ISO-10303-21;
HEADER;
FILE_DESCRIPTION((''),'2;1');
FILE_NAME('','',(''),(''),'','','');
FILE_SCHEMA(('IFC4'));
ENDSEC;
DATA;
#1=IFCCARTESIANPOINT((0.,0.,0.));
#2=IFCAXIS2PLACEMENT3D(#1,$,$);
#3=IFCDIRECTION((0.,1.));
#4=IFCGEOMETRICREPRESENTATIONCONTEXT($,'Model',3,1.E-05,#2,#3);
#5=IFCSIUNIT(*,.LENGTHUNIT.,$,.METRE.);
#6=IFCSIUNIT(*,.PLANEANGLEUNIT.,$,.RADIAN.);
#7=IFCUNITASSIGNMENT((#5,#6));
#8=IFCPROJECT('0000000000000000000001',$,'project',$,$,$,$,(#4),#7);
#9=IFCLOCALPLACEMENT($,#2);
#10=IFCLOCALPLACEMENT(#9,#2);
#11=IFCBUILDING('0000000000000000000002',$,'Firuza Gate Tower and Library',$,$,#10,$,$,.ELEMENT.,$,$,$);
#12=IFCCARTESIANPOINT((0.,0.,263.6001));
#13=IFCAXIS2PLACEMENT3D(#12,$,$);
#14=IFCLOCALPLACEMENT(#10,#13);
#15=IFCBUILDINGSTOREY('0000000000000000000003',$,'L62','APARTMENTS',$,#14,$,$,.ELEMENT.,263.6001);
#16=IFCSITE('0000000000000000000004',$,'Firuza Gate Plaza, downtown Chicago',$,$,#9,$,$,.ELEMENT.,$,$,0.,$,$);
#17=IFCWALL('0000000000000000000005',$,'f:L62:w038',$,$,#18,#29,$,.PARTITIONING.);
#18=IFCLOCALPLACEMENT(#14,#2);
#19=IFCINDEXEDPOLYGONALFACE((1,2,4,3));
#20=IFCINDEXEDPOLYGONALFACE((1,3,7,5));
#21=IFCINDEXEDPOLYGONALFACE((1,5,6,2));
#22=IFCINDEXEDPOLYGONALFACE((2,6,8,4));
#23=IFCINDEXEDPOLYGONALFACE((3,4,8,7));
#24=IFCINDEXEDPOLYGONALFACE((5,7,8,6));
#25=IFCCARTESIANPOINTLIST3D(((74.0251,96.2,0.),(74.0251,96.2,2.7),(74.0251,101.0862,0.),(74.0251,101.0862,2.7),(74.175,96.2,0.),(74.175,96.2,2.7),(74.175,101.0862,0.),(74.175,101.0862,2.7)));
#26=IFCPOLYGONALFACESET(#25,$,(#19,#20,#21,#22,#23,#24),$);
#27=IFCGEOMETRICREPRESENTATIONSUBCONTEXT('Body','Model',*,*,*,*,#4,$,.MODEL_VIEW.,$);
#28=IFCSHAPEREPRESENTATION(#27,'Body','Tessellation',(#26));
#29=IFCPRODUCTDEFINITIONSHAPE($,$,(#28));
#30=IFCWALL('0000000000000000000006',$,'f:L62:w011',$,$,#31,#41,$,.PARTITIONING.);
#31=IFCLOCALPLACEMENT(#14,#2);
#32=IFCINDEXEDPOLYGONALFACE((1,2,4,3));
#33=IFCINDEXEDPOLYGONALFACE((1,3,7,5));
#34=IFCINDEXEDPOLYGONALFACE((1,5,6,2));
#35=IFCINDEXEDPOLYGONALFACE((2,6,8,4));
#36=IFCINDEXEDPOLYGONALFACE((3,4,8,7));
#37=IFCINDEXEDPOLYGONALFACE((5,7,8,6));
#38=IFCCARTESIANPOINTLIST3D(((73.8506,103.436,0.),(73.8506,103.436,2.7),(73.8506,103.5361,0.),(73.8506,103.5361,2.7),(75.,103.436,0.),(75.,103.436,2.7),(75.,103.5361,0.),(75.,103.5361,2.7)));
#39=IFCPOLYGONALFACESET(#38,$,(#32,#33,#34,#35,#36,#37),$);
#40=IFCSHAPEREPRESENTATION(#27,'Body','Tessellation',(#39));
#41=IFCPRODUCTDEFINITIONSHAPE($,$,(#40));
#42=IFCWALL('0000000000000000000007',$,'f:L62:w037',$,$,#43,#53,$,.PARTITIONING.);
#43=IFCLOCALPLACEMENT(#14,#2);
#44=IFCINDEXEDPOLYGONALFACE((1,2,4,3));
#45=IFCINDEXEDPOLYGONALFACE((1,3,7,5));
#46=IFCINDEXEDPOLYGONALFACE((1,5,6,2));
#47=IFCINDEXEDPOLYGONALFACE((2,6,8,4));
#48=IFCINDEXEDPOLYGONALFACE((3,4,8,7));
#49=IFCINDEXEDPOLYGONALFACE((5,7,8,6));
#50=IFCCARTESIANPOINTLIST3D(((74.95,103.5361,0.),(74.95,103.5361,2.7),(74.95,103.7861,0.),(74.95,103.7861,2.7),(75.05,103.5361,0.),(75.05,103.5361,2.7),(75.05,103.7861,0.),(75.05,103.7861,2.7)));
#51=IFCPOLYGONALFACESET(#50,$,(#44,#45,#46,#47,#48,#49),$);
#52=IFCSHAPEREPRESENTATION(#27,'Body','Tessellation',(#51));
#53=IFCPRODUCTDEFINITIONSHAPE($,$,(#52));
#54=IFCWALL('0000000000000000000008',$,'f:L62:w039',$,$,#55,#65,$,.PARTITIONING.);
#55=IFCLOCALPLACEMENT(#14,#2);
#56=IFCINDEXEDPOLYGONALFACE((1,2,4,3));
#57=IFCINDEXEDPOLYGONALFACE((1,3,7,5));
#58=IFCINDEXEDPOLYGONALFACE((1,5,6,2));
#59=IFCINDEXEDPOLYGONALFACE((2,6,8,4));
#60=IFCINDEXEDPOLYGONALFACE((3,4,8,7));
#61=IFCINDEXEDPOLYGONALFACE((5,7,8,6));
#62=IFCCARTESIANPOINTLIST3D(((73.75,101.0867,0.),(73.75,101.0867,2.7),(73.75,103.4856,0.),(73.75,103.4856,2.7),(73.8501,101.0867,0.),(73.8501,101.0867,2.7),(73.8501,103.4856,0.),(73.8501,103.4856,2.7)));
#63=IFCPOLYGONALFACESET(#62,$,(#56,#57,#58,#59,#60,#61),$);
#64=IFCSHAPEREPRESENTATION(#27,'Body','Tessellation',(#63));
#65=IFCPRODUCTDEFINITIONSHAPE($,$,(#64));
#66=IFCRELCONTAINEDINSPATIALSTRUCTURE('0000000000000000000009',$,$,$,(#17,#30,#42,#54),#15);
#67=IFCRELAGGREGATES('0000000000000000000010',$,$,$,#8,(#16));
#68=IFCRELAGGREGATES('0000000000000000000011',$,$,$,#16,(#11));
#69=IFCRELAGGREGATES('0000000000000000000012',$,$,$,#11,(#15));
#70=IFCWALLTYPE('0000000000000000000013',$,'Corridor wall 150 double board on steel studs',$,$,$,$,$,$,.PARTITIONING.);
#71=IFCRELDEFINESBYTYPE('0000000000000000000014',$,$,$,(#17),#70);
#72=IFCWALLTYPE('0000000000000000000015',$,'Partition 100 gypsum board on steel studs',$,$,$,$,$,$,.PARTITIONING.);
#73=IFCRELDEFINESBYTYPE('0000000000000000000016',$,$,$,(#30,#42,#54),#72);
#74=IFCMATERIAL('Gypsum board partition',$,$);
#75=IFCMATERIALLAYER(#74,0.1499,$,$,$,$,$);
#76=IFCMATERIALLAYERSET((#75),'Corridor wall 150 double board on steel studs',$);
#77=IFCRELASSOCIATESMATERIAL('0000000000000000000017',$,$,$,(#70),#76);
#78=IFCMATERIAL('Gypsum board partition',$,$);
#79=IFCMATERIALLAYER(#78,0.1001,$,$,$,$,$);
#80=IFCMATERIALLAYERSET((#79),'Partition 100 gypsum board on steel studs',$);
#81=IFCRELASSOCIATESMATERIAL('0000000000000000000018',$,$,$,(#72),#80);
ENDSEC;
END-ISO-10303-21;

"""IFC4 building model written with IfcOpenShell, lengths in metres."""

from ifc_helpers import new_model, si_unit, direction, frame, frame_2d, origin, place, context, subcontext, project, spatial, rectangle, extrude, material, layer, layer_set, type_object, element, save


model = new_model("IFC4")

# Units and contexts
model_context = context("Model", 3, precision=1e-05, world=origin(), true_north=direction((0.0, 1.0)))
body_context = subcontext(model_context, "Body", "Model", "MODEL_VIEW")
ifc_project = project(units=[si_unit("LENGTHUNIT", "METRE"), si_unit("PLANEANGLEUNIT", "RADIAN")], contexts=[model_context])

# Site, building, storey
site_placement = place(None, origin())
site = spatial("IfcSite", under=ifc_project, at=site_placement, Name="Firuza Gate Plaza, downtown Chicago", CompositionType="ELEMENT", RefElevation=0.0)
building_placement = place(site_placement, origin())
building = spatial("IfcBuilding", under=site, at=building_placement, Name="Firuza Gate Tower and Library", CompositionType="ELEMENT")
storey_placement = place(building_placement, frame((0.0, 0.0, 263.6001)))
storey = spatial("IfcBuildingStorey", under=building, at=storey_placement, Name="L62", Description="APARTMENTS", CompositionType="ELEMENT", Elevation=263.6001)

# Walls
ifc_material_1 = material(Name="Gypsum board partition")
ifc_layer_1 = layer(ifc_material_1, 0.1499)
ifc_layer_set_1 = layer_set([ifc_layer_1], Name="Corridor wall 150 double board on steel studs")
wall_type_1 = type_object("IfcWallType", Name="Corridor wall 150 double board on steel studs", PredefinedType="PARTITIONING", material=ifc_layer_set_1)
wall_1_placement = place(storey_placement, frame((74.1001, 96.2, 0.0), z_axis=(0.0, 0.0, 1.0), x_axis=(0.0, 1.0, 0.0)))
element("IfcWall", 1, at=wall_1_placement, inside=storey, type_object=wall_type_1, Name="f:L62:w038", PredefinedType="PARTITIONING", context=body_context, shape_type="SweptSolid", body=[
    extrude(rectangle(XDim=4.8862, YDim=0.1499, at=frame_2d((2.4431, 0.0))), origin(), (0.0, 0.0, 1.0), 2.7),
])
ifc_material_2 = material(Name="Gypsum board partition")
ifc_layer_2 = layer(ifc_material_2, 0.1001)
ifc_layer_set_2 = layer_set([ifc_layer_2], Name="Partition 100 gypsum board on steel studs")
wall_type_2 = type_object("IfcWallType", Name="Partition 100 gypsum board on steel studs", PredefinedType="PARTITIONING", material=ifc_layer_set_2)
wall_2_placement = place(storey_placement, frame((73.8506, 103.4861, 0.0), z_axis=(0.0, 0.0, 1.0), x_axis=(1.0, 0.0, 0.0)))
element("IfcWall", 2, at=wall_2_placement, inside=storey, type_object=wall_type_2, Name="f:L62:w011", PredefinedType="PARTITIONING", context=body_context, shape_type="SweptSolid", body=[
    extrude(rectangle(XDim=1.1494, YDim=0.1001, at=frame_2d((0.5747, 0.0))), origin(), (0.0, 0.0, 1.0), 2.7),
])
wall_3_placement = place(storey_placement, frame((75.0, 103.5361, 0.0), z_axis=(0.0, 0.0, 1.0), x_axis=(0.0, 1.0, 0.0)))
element("IfcWall", 3, at=wall_3_placement, inside=storey, type_object=wall_type_2, Name="f:L62:w037", PredefinedType="PARTITIONING", context=body_context, shape_type="SweptSolid", body=[
    extrude(rectangle(XDim=0.25, YDim=0.1001, at=frame_2d((0.125, 0.0))), origin(), (0.0, 0.0, 1.0), 2.7),
])
wall_4_placement = place(storey_placement, frame((73.8, 101.0867, 0.0), z_axis=(0.0, 0.0, 1.0), x_axis=(0.0, 1.0, 0.0)))
element("IfcWall", 4, at=wall_4_placement, inside=storey, type_object=wall_type_2, Name="f:L62:w039", PredefinedType="PARTITIONING", context=body_context, shape_type="SweptSolid", body=[
    extrude(rectangle(XDim=2.3989, YDim=0.1001, at=frame_2d((1.1995, 0.0))), origin(), (0.0, 0.0, 1.0), 2.7),
])

save(model, "model.ifc")
